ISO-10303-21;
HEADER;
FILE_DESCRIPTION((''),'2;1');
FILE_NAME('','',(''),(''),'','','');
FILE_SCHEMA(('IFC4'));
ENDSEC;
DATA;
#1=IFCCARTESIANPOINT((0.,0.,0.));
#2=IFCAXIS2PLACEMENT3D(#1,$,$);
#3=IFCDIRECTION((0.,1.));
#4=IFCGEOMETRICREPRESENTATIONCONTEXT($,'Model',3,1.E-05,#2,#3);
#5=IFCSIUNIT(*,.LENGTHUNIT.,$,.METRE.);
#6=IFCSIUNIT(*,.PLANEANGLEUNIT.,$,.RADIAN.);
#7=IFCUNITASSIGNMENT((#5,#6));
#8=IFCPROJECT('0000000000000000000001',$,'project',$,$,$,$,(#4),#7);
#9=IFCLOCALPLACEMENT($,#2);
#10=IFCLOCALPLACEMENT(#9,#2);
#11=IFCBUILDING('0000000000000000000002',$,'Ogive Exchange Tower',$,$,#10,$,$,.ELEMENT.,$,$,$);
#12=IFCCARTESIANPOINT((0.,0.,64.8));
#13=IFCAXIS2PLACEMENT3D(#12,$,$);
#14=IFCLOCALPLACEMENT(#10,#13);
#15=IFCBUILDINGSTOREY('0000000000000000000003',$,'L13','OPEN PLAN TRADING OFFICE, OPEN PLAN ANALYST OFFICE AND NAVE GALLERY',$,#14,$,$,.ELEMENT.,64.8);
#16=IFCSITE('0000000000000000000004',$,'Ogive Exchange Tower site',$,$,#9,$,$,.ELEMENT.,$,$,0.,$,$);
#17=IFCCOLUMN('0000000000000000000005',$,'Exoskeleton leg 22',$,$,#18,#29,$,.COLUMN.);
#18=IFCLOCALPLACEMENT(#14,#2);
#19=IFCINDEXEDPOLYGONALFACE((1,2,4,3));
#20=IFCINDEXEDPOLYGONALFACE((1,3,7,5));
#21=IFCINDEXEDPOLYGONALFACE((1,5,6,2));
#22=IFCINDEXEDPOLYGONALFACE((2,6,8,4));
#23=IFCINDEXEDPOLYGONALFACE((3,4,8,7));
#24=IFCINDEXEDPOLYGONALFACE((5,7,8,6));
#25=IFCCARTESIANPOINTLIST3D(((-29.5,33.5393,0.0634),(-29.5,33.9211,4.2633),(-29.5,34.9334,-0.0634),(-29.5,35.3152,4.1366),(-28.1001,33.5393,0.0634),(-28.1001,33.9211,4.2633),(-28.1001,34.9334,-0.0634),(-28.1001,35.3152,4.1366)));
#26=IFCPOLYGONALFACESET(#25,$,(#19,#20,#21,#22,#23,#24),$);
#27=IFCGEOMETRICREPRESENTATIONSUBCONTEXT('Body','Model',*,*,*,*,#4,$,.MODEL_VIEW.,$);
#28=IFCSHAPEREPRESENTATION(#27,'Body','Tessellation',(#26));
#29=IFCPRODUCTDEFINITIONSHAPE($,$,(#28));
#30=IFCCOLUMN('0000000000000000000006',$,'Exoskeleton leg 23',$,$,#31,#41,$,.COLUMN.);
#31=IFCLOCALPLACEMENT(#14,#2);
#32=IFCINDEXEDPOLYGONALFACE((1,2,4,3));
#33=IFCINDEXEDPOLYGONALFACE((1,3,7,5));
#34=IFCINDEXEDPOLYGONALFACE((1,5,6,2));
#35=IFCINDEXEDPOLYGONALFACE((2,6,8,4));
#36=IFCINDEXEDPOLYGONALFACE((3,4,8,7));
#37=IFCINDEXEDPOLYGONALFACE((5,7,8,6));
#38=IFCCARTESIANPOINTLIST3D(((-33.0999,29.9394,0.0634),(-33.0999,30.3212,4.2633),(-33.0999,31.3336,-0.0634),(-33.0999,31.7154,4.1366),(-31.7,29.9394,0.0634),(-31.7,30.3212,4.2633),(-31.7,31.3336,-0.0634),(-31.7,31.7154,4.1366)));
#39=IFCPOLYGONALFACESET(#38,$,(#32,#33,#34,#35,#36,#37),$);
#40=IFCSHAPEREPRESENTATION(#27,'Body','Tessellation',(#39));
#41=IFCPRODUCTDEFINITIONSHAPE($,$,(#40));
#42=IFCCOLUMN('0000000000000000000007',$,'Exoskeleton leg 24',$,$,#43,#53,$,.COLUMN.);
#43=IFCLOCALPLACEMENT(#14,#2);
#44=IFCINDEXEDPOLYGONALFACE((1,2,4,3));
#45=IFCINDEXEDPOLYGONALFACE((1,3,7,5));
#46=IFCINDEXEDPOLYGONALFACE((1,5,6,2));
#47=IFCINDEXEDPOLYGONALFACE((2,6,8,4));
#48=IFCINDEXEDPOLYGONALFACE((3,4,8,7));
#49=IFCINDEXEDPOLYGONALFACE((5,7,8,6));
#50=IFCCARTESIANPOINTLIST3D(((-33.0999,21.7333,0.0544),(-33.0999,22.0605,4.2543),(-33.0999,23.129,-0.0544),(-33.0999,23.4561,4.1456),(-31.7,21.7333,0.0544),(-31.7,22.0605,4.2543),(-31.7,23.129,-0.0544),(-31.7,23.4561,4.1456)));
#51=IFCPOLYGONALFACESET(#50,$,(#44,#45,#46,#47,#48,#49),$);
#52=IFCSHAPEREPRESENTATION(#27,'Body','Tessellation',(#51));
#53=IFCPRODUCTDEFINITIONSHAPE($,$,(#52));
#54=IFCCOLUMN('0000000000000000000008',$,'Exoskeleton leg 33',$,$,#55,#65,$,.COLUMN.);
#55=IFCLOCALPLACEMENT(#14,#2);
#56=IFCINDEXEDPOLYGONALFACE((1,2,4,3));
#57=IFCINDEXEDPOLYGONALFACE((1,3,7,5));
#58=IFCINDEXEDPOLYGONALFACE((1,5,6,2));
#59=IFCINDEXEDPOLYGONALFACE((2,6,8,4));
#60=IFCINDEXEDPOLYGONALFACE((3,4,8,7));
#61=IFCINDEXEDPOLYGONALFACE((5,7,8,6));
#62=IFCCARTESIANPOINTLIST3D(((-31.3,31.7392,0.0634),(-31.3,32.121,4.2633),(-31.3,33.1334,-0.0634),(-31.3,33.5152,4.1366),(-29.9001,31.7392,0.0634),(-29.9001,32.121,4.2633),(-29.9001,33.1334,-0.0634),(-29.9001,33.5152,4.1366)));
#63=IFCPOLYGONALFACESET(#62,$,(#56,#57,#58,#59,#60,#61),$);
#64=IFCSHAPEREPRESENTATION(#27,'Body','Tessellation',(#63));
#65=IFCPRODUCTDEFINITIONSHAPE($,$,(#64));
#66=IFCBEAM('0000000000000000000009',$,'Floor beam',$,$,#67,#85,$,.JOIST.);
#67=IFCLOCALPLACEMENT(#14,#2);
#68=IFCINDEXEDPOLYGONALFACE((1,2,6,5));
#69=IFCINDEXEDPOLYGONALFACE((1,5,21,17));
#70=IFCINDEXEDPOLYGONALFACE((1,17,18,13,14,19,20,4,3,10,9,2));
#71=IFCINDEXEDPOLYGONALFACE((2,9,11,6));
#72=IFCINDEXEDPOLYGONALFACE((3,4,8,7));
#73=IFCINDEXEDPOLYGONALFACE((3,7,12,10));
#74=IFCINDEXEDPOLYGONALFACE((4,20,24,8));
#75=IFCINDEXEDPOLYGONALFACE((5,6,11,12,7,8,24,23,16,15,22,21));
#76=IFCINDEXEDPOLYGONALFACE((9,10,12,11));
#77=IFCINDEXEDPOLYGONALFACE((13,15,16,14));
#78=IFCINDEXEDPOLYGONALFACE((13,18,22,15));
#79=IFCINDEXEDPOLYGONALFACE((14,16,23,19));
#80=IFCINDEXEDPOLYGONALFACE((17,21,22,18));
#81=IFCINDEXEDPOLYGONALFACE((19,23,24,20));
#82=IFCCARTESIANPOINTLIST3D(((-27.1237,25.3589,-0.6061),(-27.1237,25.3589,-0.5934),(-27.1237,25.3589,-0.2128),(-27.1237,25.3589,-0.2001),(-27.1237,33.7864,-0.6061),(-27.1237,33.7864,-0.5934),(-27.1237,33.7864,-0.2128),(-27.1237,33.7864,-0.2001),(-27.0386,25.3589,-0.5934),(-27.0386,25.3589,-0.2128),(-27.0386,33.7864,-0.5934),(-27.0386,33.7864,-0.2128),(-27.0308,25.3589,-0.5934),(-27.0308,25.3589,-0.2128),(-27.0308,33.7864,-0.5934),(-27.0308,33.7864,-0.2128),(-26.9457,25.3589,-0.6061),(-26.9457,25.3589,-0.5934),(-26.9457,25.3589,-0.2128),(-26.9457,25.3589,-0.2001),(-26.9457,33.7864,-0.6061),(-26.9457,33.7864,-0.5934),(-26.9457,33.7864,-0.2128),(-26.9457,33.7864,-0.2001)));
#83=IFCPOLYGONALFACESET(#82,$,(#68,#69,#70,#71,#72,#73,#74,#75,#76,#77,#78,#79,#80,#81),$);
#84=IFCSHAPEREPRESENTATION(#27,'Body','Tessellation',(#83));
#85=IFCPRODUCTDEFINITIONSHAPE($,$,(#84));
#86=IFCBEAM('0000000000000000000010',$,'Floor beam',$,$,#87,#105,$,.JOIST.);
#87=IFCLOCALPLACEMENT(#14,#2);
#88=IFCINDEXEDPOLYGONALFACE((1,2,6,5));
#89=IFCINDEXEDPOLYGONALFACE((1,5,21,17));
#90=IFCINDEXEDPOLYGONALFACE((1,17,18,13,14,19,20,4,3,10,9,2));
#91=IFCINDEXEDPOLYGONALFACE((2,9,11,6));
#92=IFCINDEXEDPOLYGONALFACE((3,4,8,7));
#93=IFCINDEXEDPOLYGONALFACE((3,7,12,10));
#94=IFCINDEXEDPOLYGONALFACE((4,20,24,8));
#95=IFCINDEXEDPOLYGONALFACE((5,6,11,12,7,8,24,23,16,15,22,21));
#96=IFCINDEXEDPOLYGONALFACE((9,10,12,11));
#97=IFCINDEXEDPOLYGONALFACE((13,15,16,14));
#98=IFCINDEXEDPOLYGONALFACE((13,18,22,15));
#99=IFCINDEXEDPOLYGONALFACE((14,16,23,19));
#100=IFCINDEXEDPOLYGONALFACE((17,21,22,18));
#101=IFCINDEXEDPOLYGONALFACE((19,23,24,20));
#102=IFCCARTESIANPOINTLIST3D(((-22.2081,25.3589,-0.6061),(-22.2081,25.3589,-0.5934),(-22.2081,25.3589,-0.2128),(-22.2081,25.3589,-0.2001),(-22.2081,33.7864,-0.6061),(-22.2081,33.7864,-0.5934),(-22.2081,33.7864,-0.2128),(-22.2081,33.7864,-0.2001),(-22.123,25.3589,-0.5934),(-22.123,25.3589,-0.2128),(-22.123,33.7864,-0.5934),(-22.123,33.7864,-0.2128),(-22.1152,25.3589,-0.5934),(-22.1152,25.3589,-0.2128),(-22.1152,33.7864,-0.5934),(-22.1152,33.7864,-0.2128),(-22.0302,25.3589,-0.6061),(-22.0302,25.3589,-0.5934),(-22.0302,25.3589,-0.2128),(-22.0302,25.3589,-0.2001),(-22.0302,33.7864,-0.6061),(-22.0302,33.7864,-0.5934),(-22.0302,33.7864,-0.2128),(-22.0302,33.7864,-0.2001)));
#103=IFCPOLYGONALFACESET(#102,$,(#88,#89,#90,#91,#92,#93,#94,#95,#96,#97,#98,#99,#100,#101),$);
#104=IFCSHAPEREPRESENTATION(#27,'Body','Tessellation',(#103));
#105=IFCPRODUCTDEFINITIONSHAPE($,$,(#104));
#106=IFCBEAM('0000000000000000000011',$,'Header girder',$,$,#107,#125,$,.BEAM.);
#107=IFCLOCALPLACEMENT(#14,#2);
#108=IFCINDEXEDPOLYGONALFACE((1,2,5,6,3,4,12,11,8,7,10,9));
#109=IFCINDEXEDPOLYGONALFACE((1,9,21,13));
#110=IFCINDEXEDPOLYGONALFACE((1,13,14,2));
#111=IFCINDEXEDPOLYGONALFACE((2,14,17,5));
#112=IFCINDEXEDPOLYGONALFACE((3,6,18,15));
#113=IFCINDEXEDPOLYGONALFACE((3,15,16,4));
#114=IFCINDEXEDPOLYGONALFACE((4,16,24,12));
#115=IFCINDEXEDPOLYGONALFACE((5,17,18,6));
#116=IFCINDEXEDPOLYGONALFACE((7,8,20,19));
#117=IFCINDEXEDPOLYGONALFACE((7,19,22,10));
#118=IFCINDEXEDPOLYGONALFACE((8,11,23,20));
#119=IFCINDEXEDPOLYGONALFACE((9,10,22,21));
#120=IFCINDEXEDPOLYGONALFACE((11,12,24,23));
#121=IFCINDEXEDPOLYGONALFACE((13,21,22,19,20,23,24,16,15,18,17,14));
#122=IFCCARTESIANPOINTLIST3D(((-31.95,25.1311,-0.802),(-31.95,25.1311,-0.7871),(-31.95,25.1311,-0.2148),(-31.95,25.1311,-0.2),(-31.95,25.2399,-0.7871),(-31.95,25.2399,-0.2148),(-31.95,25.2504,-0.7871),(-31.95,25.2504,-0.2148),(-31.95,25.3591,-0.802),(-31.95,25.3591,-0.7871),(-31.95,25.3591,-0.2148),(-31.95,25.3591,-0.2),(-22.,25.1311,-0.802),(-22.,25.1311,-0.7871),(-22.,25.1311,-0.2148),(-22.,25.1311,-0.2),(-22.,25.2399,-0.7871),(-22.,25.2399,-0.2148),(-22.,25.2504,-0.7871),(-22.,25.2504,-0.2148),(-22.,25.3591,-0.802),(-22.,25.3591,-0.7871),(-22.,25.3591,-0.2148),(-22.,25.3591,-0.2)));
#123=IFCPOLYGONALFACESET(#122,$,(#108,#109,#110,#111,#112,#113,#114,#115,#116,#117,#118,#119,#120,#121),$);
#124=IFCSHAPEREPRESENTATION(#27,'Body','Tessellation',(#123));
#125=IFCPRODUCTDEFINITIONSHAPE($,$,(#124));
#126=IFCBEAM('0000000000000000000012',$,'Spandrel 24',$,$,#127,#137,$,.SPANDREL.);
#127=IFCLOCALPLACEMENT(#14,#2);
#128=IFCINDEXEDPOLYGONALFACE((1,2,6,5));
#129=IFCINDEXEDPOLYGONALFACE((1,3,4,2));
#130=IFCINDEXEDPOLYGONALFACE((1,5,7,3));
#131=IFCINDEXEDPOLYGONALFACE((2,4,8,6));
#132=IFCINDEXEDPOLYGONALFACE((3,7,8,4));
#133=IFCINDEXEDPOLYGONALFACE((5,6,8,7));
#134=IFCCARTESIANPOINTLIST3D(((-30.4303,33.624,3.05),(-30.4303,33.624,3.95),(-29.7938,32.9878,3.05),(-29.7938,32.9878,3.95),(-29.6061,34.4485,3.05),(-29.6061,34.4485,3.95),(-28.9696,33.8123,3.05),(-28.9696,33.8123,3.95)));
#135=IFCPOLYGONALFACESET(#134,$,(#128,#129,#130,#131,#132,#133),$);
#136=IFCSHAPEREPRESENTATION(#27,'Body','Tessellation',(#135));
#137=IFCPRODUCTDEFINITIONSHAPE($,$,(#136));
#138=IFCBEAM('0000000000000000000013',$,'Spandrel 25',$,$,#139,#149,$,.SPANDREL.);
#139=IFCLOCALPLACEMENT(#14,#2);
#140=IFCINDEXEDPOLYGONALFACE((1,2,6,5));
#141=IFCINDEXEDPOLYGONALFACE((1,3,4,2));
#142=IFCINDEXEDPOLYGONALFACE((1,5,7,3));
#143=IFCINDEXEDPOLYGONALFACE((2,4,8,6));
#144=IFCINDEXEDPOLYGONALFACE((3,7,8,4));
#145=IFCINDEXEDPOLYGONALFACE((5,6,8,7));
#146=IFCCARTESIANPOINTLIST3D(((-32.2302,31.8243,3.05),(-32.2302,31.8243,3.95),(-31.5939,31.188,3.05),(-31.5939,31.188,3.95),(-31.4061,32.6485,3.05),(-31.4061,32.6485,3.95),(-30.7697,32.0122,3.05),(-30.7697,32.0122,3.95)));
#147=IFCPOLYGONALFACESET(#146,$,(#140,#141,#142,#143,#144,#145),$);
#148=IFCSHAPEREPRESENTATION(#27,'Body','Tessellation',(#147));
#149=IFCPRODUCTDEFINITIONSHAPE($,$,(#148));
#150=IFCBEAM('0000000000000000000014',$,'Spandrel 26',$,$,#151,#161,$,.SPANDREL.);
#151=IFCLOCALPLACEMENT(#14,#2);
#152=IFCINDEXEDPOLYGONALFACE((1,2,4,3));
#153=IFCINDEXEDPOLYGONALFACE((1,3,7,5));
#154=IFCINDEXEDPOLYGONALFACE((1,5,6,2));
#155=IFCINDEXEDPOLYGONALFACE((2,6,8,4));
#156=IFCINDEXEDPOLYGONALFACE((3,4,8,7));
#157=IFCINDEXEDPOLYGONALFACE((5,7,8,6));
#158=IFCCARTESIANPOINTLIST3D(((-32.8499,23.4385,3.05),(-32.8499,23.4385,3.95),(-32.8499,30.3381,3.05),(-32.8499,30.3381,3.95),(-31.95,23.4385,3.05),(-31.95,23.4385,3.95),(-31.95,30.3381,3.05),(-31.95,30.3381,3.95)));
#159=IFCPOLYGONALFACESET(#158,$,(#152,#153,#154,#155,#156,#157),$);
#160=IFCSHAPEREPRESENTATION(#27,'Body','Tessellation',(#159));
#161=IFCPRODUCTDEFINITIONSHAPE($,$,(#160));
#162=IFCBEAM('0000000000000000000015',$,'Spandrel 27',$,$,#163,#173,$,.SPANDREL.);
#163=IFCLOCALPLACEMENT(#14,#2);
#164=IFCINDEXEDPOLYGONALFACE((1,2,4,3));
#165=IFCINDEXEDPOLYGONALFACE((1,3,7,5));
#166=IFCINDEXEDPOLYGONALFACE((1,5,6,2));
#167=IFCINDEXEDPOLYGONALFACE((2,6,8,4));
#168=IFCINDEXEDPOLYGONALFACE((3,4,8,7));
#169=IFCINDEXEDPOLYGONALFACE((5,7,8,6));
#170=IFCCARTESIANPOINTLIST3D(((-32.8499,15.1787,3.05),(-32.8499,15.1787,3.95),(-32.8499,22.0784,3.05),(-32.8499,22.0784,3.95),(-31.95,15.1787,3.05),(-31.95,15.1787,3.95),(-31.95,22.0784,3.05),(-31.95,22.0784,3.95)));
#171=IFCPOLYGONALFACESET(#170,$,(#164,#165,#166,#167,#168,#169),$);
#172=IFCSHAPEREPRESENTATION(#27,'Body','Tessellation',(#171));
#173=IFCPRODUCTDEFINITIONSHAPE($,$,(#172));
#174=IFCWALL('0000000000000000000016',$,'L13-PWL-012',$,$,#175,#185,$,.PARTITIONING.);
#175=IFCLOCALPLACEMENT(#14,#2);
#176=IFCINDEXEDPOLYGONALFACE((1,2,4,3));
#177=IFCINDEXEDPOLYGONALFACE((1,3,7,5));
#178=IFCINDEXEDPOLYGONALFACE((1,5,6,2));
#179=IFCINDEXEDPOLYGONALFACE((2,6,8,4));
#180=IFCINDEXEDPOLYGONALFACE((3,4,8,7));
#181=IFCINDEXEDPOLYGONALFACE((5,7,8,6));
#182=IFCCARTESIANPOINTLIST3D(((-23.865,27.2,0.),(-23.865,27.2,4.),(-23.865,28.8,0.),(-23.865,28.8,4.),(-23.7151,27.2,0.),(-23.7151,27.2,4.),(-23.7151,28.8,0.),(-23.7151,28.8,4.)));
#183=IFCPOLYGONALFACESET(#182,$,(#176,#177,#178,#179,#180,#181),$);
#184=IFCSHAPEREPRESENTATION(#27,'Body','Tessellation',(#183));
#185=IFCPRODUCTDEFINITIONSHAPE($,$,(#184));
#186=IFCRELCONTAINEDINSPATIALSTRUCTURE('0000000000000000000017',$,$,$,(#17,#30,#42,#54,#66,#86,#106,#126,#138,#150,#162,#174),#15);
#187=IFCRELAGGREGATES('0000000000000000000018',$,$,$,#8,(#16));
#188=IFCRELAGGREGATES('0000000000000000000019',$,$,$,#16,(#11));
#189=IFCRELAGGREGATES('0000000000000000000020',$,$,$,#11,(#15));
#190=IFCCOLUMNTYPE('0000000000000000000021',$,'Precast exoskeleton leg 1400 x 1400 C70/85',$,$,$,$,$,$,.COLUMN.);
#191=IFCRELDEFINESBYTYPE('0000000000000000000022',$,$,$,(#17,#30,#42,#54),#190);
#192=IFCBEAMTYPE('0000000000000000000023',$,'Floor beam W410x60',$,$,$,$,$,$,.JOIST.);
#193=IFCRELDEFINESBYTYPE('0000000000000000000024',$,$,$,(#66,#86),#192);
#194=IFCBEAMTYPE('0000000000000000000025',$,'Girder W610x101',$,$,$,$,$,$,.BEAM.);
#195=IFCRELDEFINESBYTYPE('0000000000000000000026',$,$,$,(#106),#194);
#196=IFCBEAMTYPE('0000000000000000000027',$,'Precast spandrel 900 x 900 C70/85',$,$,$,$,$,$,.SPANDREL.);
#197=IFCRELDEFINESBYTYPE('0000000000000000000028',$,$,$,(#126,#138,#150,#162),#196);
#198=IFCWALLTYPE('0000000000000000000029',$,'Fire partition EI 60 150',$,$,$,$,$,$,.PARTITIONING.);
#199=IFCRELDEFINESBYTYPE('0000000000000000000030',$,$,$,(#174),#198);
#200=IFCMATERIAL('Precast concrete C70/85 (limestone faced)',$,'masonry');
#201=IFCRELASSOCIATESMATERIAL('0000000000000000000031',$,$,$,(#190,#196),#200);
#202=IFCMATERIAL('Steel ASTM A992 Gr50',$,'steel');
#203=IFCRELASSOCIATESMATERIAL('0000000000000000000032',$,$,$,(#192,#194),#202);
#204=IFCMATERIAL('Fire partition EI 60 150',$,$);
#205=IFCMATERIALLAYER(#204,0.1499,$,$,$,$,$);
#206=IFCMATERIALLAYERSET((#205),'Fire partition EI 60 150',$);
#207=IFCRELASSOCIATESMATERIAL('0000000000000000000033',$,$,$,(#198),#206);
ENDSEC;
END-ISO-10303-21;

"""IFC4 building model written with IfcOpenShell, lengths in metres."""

from ifc_helpers import new_model, si_unit, direction, frame, frame_2d, origin, origin_2d, place, context, subcontext, project, spatial, rectangle, i_section, extrude, material, layer, layer_set, material_profile, profile_set, type_object, element, save


model = new_model("IFC4")

# Units and contexts
model_context = context("Model", 3, precision=1e-05, world=origin(), true_north=direction((0.0, 1.0)))
body_context = subcontext(model_context, "Body", "Model", "MODEL_VIEW")
ifc_project = project(units=[si_unit("LENGTHUNIT", "METRE"), si_unit("PLANEANGLEUNIT", "RADIAN")], contexts=[model_context])

# Site, building, storey
site_placement = place(None, origin())
site = spatial("IfcSite", under=ifc_project, at=site_placement, Name="Ogive Exchange Tower site", CompositionType="ELEMENT", RefElevation=0.0)
building_placement = place(site_placement, origin())
building = spatial("IfcBuilding", under=site, at=building_placement, Name="Ogive Exchange Tower", CompositionType="ELEMENT")
storey_placement = place(building_placement, frame((0.0, 0.0, 64.8)))
storey = spatial("IfcBuildingStorey", under=building, at=storey_placement, Name="L13", Description="OPEN PLAN TRADING OFFICE, OPEN PLAN ANALYST OFFICE AND NAVE GALLERY", CompositionType="ELEMENT", Elevation=64.8)

# Columns
ifc_material_1 = material(Name="Precast concrete C70/85 (limestone faced)", Category="masonry")
ifc_material_profile_1 = material_profile(ifc_material_1, rectangle(XDim=1.3999, YDim=1.3999, at=origin_2d()), Name="1400 x 1400")
ifc_profile_set_1 = profile_set([ifc_material_profile_1], Name="Precast concrete C70/85 (limestone faced)")
column_type = type_object("IfcColumnType", Name="Precast exoskeleton leg 1400 x 1400 C70/85", PredefinedType="COLUMN", material=ifc_profile_set_1)
for number, where, z_axis, x_axis, name in (
    (1, (-28.8, 34.2363, 0.0), (0.0, 0.090541, 0.995893), (-1.0, 0.0, 0.0), "Exoskeleton leg 22"),
    (2, (-32.3999, 30.6365, 0.0), (0.0, 0.090541, 0.995893), (-1.0, 0.0, 0.0), "Exoskeleton leg 23"),
):
    element("IfcColumn", number, at=place(storey_placement, frame(where, z_axis=z_axis, x_axis=x_axis)), inside=storey, type_object=column_type, Name=name, PredefinedType="COLUMN", context=body_context, shape_type="SweptSolid", body=[
        extrude(rectangle(XDim=1.3999, YDim=1.3999, at=origin_2d()), origin(), (0.0, 0.0, 1.0), 4.2173),
    ])
column_1_placement = place(storey_placement, frame((-32.3999, 22.4312, 0.0), z_axis=(0.0, 0.077658, 0.99698), x_axis=(-1.0, 0.0, 0.0)))
element("IfcColumn", 3, at=column_1_placement, inside=storey, type_object=column_type, Name="Exoskeleton leg 24", PredefinedType="COLUMN", context=body_context, shape_type="SweptSolid", body=[
    extrude(rectangle(XDim=1.3999, YDim=1.3999, at=origin_2d()), origin(), (0.0, 0.0, 1.0), 4.2126),
])
column_2_placement = place(storey_placement, frame((-30.6001, 32.4363, 0.0), z_axis=(0.0, 0.090541, 0.995893), x_axis=(-1.0, 0.0, 0.0)))
element("IfcColumn", 4, at=column_2_placement, inside=storey, type_object=column_type, Name="Exoskeleton leg 33", PredefinedType="COLUMN", context=body_context, shape_type="SweptSolid", body=[
    extrude(rectangle(XDim=1.3999, YDim=1.3999, at=origin_2d()), origin(), (0.0, 0.0, 1.0), 4.2173),
])

# Beams
ifc_material_2 = material(Name="Steel ASTM A992 Gr50", Category="steel")
ifc_material_profile_2 = material_profile(ifc_material_2, i_section(OverallWidth=0.178, OverallDepth=0.406, WebThickness=0.0078, FlangeThickness=0.0127, at=origin_2d()), Name="W410x60")
ifc_profile_set_2 = profile_set([ifc_material_profile_2], Name="Steel ASTM A992 Gr50")
beam_type_1 = type_object("IfcBeamType", Name="Floor beam W410x60", PredefinedType="JOIST", material=ifc_profile_set_2)
for number, where, z_axis, x_axis, name in (
    (5, (-27.0347, 25.3589, -0.4031), (0.0, 1.0, 0.0), (-1.0, 0.0, 0.0), "Floor beam"),
    (6, (-22.1191, 25.3589, -0.4031), (0.0, 1.0, 0.0), (-1.0, 0.0, 0.0), "Floor beam"),
):
    element("IfcBeam", number, at=place(storey_placement, frame(where, z_axis=z_axis, x_axis=x_axis)), inside=storey, type_object=beam_type_1, Name=name, PredefinedType="JOIST", context=body_context, shape_type="SweptSolid", body=[
        extrude(i_section(OverallWidth=0.178, OverallDepth=0.406, WebThickness=0.0078, FlangeThickness=0.0127, at=origin_2d()), origin(), (0.0, 0.0, 1.0), 8.4275),
    ])
ifc_material_profile_3 = material_profile(ifc_material_2, i_section(OverallWidth=0.228, OverallDepth=0.6021, WebThickness=0.0105, FlangeThickness=0.0149, at=origin_2d()), Name="W610x101")
ifc_profile_set_3 = profile_set([ifc_material_profile_3], Name="Steel ASTM A992 Gr50")
beam_type_2 = type_object("IfcBeamType", Name="Girder W610x101", PredefinedType="BEAM", material=ifc_profile_set_3)
beam_1_placement = place(storey_placement, frame((-31.95, 25.2451, -0.501), z_axis=(1.0, 0.0, 0.0), x_axis=(0.0, 1.0, 0.0)))
element("IfcBeam", 7, at=beam_1_placement, inside=storey, type_object=beam_type_2, Name="Header girder", PredefinedType="BEAM", context=body_context, shape_type="SweptSolid", body=[
    extrude(i_section(OverallWidth=0.228, OverallDepth=0.6021, WebThickness=0.0105, FlangeThickness=0.0149, at=origin_2d()), origin(), (0.0, 0.0, 1.0), 9.95),
])
ifc_material_profile_4 = material_profile(ifc_material_1, rectangle(XDim=0.8999, YDim=0.8999, at=origin_2d()), Name="900 x 900")
ifc_profile_set_4 = profile_set([ifc_material_profile_4], Name="Precast concrete C70/85 (limestone faced)")
beam_type_3 = type_object("IfcBeamType", Name="Precast spandrel 900 x 900 C70/85", PredefinedType="SPANDREL", material=ifc_profile_set_4)
beam_2_placement = place(storey_placement, frame((-29.2878, 34.1304, 3.5), z_axis=(-0.707002, -0.707211, 0.0), x_axis=(0.707211, -0.707002, 0.0)))
element("IfcBeam", 8, at=beam_2_placement, inside=storey, type_object=beam_type_3, Name="Spandrel 24", PredefinedType="SPANDREL", context=body_context, shape_type="SweptSolid", body=[
    extrude(rectangle(XDim=0.8999, YDim=0.8999, at=origin_2d()), origin(), (0.0, 0.0, 1.0), 1.1658),
])
beam_3_placement = place(storey_placement, frame((-31.0879, 32.3303, 3.5), z_axis=(-0.707107, -0.707107, 0.0), x_axis=(0.707107, -0.707107, 0.0)))
element("IfcBeam", 9, at=beam_3_placement, inside=storey, type_object=beam_type_3, Name="Spandrel 25", PredefinedType="SPANDREL", context=body_context, shape_type="SweptSolid", body=[
    extrude(rectangle(XDim=0.8999, YDim=0.8999, at=origin_2d()), origin(), (0.0, 0.0, 1.0), 1.1655),
])
for number, where, z_axis, x_axis, name in (
    (10, (-32.3999, 30.3381, 3.5), (0.0, -1.0, 0.0), (1.0, 0.0, 0.0), "Spandrel 26"),
    (11, (-32.3999, 22.0784, 3.5), (0.0, -1.0, 0.0), (1.0, 0.0, 0.0), "Spandrel 27"),
):
    element("IfcBeam", number, at=place(storey_placement, frame(where, z_axis=z_axis, x_axis=x_axis)), inside=storey, type_object=beam_type_3, Name=name, PredefinedType="SPANDREL", context=body_context, shape_type="SweptSolid", body=[
        extrude(rectangle(XDim=0.8999, YDim=0.8999, at=origin_2d()), origin(), (0.0, 0.0, 1.0), 6.8997),
    ])

# Wall
ifc_material_3 = material(Name="Fire partition EI 60 150")
ifc_layer_1 = layer(ifc_material_3, 0.1499)
ifc_layer_set_1 = layer_set([ifc_layer_1], Name="Fire partition EI 60 150")
wall_type_1 = type_object("IfcWallType", Name="Fire partition EI 60 150", PredefinedType="PARTITIONING", material=ifc_layer_set_1)
wall_1_placement = place(storey_placement, frame((-23.79, 27.2, 0.0), z_axis=(0.0, 0.0, 1.0), x_axis=(0.0, 1.0, 0.0)))
element("IfcWall", 12, at=wall_1_placement, inside=storey, type_object=wall_type_1, Name="L13-PWL-012", PredefinedType="PARTITIONING", context=body_context, shape_type="SweptSolid", body=[
    extrude(rectangle(XDim=1.6001, YDim=0.1499, at=frame_2d((0.8, 0.0))), origin(), (0.0, 0.0, 1.0), 4.0),
])

save(model, "model.ifc")
